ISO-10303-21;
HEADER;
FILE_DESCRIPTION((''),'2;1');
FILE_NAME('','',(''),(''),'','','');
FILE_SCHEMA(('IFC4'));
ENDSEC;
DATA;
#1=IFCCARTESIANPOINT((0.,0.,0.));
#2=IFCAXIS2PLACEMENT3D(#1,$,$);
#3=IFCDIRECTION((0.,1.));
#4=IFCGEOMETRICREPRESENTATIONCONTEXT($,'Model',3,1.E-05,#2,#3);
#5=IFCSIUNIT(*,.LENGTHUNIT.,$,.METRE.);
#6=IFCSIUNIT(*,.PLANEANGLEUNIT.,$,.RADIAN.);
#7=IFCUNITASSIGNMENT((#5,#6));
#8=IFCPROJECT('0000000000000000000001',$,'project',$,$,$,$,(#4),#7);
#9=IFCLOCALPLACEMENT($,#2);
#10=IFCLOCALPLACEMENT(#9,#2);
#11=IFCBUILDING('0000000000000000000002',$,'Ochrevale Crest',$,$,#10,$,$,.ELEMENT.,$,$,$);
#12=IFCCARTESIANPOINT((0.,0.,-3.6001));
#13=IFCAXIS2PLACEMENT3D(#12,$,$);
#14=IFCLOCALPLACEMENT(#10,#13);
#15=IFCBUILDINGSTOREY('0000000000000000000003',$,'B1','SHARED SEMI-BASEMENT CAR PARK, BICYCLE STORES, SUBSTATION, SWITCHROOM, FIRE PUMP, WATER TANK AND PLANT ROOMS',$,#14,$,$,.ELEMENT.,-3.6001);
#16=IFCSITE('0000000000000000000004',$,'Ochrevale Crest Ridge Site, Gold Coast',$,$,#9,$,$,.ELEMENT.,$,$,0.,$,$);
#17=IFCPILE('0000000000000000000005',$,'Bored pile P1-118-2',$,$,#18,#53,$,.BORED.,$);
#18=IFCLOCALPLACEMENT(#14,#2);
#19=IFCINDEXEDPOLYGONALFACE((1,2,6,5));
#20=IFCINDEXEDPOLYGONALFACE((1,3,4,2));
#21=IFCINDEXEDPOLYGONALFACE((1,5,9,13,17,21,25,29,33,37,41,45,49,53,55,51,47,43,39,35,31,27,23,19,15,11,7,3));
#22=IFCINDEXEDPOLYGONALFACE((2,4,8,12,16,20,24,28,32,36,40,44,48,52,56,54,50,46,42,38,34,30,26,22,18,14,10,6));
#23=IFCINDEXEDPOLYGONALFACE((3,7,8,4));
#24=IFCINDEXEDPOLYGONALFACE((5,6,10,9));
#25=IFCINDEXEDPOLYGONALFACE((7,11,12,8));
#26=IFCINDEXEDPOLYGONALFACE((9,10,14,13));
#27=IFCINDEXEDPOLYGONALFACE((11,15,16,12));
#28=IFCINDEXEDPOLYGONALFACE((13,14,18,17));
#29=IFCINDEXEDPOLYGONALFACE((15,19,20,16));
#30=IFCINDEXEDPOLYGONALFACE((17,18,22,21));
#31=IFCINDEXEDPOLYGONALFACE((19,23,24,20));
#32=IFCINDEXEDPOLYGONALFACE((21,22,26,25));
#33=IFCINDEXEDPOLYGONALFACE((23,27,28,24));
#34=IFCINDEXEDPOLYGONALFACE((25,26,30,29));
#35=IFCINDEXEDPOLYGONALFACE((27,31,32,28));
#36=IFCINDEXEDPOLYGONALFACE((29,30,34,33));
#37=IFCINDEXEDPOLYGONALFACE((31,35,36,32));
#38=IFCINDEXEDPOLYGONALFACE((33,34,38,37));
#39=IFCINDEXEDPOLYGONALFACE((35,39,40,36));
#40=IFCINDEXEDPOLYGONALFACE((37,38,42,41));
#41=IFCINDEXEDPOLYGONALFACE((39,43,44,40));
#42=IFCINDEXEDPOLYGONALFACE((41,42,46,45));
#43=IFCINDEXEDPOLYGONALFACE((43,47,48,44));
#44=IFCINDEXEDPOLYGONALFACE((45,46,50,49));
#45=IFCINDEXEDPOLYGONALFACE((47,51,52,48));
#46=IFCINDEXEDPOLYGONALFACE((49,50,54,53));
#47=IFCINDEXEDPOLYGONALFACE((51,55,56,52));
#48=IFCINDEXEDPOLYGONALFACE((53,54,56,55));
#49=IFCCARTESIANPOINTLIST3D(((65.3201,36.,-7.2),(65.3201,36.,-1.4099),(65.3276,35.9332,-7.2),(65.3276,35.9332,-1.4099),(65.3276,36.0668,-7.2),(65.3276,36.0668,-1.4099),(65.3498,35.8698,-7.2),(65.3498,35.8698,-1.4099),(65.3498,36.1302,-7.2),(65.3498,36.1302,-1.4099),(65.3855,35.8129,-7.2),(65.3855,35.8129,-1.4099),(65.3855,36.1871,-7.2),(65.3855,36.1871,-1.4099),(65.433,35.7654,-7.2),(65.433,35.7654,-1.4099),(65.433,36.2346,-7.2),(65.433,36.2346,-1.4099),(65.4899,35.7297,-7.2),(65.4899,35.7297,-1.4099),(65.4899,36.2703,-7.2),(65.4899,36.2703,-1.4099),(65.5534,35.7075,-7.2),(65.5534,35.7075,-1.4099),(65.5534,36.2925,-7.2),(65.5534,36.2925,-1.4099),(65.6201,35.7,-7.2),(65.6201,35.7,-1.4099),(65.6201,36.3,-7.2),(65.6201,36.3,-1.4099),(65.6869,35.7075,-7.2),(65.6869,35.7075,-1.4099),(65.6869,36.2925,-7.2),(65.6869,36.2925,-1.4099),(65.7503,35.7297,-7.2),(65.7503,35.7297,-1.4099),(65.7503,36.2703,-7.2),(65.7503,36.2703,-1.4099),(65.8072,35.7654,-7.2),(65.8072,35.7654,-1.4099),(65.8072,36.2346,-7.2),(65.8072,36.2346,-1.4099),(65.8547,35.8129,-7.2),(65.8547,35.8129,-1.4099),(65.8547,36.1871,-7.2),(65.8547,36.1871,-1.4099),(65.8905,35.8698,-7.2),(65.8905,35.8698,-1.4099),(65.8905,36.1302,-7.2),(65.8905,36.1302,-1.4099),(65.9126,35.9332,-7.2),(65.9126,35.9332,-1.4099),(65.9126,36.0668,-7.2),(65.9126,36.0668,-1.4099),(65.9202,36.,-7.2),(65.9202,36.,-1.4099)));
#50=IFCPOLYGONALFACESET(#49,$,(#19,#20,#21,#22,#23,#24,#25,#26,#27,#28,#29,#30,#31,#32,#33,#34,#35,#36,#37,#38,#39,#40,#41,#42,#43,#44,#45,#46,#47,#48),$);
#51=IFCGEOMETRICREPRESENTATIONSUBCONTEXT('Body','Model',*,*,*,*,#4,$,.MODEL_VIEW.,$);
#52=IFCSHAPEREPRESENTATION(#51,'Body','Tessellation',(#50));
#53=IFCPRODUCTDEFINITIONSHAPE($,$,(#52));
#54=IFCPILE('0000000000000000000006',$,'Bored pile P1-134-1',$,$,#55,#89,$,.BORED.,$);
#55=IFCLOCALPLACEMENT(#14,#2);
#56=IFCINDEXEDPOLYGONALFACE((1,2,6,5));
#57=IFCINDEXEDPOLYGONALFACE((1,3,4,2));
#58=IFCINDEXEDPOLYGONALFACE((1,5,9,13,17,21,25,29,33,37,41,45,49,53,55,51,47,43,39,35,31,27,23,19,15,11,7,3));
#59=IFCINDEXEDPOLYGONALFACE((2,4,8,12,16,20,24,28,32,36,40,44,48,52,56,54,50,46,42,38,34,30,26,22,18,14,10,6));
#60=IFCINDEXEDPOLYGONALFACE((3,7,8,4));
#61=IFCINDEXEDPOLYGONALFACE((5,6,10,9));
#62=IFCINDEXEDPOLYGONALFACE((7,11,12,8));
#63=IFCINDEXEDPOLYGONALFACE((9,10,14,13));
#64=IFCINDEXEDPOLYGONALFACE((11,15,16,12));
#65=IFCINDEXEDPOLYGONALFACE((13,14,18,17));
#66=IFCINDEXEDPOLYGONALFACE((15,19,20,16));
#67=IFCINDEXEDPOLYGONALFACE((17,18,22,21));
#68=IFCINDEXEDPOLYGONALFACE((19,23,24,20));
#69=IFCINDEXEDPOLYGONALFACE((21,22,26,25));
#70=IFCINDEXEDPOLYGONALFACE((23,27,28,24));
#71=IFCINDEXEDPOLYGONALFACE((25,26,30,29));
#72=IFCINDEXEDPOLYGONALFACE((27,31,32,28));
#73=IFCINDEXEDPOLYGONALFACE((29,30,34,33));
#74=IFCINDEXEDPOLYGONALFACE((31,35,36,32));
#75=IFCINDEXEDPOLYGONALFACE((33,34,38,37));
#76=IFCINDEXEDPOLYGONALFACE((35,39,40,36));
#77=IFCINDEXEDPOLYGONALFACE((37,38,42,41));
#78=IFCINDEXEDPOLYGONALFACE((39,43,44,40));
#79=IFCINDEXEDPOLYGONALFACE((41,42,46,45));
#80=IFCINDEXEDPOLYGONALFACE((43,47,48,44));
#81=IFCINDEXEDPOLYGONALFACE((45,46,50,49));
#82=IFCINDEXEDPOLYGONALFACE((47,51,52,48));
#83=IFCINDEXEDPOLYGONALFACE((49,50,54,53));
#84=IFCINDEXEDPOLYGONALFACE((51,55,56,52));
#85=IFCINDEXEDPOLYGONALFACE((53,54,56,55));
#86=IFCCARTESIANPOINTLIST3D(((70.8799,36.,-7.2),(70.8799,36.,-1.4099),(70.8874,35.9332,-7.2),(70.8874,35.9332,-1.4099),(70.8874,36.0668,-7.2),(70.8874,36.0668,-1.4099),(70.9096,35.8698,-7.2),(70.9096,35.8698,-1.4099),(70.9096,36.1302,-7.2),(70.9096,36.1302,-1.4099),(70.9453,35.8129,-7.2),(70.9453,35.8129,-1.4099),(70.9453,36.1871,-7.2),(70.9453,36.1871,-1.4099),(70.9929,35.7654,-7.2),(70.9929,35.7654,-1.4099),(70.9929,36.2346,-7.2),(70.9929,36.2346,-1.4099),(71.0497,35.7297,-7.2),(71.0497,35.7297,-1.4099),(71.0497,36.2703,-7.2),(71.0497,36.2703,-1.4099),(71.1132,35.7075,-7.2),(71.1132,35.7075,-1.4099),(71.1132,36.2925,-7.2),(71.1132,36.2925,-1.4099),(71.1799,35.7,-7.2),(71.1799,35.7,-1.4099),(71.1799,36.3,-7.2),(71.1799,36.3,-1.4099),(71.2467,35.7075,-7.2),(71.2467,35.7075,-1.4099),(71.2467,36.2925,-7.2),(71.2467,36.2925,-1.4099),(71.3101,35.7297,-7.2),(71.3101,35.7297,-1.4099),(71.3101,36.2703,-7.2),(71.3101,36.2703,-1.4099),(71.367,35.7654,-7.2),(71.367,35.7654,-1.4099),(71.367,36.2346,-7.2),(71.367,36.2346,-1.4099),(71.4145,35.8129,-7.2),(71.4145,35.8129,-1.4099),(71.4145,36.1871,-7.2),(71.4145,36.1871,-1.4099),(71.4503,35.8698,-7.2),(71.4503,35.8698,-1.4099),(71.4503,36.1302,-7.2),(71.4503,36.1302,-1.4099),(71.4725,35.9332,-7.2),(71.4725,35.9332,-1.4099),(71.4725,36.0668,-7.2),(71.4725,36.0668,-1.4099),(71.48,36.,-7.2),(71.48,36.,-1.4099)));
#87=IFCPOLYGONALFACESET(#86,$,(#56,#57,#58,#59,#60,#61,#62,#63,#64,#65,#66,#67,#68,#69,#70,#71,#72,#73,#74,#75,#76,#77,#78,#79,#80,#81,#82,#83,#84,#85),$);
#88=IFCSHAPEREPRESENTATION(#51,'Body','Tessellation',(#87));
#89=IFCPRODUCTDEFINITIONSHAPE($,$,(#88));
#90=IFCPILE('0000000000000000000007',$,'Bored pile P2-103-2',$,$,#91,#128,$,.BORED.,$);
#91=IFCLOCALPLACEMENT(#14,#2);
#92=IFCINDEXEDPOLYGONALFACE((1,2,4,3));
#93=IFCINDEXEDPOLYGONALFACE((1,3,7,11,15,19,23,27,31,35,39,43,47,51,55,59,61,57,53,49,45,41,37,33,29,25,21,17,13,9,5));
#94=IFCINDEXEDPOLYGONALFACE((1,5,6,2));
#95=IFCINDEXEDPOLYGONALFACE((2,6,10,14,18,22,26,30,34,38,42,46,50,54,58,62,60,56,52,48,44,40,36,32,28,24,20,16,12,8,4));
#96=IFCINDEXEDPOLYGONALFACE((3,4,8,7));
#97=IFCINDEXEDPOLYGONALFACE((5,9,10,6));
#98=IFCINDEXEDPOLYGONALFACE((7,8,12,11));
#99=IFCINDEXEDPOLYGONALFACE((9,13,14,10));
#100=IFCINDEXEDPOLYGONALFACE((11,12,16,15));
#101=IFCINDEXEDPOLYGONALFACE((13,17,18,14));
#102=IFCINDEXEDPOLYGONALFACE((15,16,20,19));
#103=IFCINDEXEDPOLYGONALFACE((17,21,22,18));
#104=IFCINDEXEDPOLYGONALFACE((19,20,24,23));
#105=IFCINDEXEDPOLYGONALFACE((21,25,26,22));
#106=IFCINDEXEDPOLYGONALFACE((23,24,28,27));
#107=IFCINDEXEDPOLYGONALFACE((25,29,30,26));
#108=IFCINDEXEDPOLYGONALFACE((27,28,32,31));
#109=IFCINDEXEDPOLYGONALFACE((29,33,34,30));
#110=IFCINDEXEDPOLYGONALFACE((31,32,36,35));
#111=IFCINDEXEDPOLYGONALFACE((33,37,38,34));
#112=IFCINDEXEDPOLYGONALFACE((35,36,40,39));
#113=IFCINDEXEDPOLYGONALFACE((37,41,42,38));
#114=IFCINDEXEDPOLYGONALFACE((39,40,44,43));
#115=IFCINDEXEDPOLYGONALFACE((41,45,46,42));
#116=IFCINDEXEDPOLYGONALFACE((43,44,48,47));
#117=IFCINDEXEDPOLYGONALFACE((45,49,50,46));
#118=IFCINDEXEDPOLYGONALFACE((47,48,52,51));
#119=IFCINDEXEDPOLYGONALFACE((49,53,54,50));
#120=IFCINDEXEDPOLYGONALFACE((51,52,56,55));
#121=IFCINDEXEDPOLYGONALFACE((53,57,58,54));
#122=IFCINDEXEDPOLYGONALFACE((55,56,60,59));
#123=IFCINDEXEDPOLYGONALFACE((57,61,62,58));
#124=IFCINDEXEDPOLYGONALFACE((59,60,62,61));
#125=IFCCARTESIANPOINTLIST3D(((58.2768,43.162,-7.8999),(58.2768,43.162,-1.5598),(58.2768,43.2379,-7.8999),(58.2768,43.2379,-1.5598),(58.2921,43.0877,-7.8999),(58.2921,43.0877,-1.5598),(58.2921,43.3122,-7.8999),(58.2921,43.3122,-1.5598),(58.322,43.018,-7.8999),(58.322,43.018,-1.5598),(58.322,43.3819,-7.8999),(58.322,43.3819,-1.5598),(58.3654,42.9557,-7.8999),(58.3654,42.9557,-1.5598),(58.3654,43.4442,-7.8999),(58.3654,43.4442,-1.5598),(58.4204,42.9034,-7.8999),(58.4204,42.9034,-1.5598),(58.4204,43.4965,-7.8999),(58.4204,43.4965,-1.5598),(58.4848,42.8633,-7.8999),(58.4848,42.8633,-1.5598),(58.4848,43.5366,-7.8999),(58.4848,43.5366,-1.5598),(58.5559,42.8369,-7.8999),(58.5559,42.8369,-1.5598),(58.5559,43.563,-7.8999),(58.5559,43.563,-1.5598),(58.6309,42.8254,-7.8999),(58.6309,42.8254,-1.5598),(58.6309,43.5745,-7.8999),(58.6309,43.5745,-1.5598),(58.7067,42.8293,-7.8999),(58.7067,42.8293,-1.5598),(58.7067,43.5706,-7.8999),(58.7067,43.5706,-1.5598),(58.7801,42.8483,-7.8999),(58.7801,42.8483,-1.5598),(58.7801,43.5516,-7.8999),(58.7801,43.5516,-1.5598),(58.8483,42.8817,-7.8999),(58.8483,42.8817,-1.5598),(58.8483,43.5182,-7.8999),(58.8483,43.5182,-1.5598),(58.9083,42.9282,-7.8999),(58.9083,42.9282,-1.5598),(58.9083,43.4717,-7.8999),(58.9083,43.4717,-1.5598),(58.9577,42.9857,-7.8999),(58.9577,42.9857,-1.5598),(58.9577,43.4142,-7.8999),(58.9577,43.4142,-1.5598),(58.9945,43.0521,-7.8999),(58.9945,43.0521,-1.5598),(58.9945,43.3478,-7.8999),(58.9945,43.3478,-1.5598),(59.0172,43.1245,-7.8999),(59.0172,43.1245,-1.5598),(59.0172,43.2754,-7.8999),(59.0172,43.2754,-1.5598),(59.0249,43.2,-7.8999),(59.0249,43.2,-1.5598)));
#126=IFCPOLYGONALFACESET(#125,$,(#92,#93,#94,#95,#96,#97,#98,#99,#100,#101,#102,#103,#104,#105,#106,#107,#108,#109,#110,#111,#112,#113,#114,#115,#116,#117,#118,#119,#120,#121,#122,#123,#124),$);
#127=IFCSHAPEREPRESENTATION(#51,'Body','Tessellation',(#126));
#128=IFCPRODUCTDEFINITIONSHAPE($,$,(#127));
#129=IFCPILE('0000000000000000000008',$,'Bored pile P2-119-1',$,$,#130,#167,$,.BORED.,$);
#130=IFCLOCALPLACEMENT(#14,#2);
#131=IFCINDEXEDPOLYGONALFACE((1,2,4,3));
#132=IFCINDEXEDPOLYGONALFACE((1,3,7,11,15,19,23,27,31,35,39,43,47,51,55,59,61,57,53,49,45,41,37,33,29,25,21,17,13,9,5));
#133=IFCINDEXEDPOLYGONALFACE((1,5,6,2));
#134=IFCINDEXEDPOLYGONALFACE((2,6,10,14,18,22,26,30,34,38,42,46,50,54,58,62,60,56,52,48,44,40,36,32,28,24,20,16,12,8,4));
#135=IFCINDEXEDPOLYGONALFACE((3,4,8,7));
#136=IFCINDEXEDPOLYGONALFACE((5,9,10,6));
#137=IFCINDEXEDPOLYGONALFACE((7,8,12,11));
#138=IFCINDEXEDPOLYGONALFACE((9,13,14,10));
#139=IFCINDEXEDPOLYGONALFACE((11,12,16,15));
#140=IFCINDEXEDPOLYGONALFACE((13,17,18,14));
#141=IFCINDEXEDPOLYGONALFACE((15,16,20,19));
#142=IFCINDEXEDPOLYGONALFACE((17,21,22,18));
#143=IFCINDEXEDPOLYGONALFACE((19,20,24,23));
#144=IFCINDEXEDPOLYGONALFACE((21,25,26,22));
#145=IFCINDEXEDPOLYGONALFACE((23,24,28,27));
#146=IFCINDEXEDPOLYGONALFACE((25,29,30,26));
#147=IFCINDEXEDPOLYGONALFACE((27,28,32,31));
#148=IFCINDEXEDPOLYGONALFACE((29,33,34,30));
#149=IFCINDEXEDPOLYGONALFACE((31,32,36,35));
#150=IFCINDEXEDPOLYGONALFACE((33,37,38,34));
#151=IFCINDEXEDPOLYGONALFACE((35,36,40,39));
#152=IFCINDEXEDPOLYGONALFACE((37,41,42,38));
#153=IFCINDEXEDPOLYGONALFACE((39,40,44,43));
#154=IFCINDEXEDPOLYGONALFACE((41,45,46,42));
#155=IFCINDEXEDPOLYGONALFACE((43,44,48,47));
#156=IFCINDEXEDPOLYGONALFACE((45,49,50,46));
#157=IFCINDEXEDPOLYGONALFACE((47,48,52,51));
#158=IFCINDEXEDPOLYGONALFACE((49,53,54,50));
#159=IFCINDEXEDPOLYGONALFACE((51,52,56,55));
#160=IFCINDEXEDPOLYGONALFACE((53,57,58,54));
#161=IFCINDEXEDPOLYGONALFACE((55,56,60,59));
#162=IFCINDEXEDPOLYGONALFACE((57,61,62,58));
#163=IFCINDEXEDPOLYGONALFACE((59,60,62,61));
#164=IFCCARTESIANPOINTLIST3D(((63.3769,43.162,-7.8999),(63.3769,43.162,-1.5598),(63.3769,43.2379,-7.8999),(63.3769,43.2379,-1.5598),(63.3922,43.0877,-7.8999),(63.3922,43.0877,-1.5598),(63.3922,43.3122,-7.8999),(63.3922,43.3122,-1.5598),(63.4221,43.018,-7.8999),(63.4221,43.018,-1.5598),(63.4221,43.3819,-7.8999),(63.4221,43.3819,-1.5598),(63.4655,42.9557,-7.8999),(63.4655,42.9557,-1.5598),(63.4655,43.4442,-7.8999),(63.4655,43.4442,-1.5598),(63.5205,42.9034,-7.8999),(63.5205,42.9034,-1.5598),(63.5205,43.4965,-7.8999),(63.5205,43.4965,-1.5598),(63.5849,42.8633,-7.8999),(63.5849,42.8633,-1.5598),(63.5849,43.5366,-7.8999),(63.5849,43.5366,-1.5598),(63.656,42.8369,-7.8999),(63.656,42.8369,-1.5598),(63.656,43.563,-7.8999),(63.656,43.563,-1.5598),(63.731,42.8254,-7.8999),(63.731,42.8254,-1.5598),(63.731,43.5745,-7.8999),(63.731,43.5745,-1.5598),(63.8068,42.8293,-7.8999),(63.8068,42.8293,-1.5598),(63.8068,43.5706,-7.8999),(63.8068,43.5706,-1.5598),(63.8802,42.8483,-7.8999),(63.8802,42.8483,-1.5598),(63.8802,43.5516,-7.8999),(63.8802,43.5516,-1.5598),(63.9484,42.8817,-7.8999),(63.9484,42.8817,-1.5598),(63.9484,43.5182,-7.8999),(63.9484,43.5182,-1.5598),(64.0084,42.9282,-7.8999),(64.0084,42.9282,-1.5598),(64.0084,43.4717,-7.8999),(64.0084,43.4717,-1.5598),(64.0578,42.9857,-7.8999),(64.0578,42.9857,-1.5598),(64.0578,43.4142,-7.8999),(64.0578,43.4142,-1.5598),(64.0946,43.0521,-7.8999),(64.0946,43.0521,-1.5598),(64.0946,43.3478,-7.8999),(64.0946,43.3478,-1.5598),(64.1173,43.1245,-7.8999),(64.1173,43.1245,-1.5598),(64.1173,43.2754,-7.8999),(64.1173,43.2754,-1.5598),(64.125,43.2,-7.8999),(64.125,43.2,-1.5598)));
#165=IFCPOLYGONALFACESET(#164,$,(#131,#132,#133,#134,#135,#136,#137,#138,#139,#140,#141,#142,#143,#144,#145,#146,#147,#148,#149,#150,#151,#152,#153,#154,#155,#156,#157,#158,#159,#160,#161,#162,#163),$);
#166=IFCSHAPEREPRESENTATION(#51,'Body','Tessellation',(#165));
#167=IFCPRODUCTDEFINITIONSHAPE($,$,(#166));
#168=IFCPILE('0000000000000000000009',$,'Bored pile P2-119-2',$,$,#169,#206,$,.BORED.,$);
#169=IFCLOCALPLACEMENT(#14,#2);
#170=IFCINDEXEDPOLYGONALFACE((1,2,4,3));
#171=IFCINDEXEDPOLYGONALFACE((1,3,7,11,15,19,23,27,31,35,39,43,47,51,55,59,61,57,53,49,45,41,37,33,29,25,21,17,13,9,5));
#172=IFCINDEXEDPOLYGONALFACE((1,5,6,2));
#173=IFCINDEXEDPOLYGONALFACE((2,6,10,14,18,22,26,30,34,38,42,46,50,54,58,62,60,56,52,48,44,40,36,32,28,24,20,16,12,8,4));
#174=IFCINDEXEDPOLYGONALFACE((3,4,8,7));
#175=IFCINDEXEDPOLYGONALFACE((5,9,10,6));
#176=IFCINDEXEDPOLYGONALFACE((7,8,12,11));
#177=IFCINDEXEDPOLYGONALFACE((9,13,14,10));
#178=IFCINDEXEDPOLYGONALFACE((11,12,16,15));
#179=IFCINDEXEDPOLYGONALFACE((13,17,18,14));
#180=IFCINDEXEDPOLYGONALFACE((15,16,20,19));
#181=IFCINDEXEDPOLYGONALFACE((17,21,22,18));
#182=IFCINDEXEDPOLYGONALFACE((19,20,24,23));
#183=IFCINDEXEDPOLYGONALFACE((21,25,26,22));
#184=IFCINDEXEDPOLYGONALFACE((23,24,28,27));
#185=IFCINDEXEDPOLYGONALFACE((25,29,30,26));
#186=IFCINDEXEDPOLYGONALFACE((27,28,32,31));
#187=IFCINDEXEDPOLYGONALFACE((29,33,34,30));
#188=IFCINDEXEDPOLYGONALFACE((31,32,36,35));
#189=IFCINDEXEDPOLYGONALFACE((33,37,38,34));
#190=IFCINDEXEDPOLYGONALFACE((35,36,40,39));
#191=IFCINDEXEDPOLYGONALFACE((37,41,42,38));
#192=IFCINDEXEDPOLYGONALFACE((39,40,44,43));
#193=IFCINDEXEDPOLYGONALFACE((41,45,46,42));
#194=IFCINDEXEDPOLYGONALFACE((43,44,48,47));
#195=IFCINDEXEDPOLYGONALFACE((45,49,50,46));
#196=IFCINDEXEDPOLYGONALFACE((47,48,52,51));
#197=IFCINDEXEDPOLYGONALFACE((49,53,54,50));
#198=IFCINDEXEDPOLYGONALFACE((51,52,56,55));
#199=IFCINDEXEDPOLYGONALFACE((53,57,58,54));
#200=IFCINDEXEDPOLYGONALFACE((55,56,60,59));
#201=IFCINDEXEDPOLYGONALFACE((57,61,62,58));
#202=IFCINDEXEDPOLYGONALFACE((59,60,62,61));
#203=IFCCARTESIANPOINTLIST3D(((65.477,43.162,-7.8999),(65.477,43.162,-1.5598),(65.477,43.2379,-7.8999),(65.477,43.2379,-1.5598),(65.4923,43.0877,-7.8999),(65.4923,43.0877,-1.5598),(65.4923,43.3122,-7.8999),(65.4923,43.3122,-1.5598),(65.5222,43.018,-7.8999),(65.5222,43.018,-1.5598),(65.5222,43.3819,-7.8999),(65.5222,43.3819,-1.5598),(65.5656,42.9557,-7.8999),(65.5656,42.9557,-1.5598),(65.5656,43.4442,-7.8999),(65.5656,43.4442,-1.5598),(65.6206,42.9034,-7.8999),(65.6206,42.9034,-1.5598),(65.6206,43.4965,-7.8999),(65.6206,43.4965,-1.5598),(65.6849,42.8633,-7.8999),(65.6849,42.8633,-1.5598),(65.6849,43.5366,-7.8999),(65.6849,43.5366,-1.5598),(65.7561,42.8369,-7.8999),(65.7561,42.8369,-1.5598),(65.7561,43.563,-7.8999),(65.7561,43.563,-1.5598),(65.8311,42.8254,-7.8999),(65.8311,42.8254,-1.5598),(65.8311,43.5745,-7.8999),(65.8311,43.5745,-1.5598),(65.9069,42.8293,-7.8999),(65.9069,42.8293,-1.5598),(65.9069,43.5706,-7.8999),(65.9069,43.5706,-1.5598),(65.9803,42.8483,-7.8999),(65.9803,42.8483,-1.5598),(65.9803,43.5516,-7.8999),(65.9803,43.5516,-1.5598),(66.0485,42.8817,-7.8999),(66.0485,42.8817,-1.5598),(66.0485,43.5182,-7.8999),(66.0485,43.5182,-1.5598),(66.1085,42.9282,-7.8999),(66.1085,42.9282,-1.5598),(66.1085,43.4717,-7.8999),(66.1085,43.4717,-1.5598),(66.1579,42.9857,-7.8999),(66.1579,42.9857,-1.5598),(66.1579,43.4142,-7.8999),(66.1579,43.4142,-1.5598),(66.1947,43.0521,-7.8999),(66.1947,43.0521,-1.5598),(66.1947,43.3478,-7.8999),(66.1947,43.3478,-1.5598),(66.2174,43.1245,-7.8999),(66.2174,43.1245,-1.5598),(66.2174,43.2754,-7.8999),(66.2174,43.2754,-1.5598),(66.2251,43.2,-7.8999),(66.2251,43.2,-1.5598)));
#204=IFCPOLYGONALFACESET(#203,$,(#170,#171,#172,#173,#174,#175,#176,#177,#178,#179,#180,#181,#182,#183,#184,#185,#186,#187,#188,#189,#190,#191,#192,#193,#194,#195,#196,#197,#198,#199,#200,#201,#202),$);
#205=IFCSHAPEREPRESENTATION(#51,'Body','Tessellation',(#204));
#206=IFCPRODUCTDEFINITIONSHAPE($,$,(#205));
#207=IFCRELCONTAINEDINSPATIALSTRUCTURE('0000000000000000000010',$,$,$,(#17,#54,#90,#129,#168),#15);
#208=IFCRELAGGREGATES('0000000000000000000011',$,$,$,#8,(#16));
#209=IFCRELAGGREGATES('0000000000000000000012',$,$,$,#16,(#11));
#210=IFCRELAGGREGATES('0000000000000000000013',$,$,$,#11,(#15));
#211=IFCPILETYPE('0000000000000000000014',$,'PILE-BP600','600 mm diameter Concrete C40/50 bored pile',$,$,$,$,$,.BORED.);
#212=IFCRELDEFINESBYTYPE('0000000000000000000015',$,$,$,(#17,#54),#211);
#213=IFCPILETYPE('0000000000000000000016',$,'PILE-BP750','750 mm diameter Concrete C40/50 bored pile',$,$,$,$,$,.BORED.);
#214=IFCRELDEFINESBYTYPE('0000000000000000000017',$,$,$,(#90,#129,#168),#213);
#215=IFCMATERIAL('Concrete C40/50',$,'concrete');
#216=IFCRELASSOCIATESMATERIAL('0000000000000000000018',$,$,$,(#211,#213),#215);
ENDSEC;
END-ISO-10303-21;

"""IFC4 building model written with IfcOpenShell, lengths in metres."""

from ifc_helpers import new_model, si_unit, direction, frame, origin, origin_2d, place, context, subcontext, project, spatial, circle, extrude, material, material_profile, profile_set, type_object, element, save


model = new_model("IFC4")

# Units and contexts
model_context = context("Model", 3, precision=1e-05, world=origin(), true_north=direction((0.0, 1.0)))
body_context = subcontext(model_context, "Body", "Model", "MODEL_VIEW")
ifc_project = project(units=[si_unit("LENGTHUNIT", "METRE"), si_unit("PLANEANGLEUNIT", "RADIAN")], contexts=[model_context])

# Site, building, storey
site_placement = place(None, origin())
site = spatial("IfcSite", under=ifc_project, at=site_placement, Name="Ochrevale Crest Ridge Site, Gold Coast", CompositionType="ELEMENT", RefElevation=0.0)
building_placement = place(site_placement, origin())
building = spatial("IfcBuilding", under=site, at=building_placement, Name="Ochrevale Crest", CompositionType="ELEMENT")
storey_placement = place(building_placement, frame((0.0, 0.0, -3.6001)))
storey = spatial("IfcBuildingStorey", under=building, at=storey_placement, Name="B1", Description="SHARED SEMI-BASEMENT CAR PARK, BICYCLE STORES, SUBSTATION, SWITCHROOM, FIRE PUMP, WATER TANK AND PLANT ROOMS", CompositionType="ELEMENT", Elevation=-3.6001)

# Shared definitions
ifc_material_1 = material(Name="Concrete C40/50", Category="concrete")

# Piles
ifc_material_profile_1 = material_profile(ifc_material_1, circle(Radius=0.3, at=origin_2d()), Name="BORED PILE 600")
ifc_profile_set_1 = profile_set([ifc_material_profile_1], Name="Concrete C40/50")
pile_type_1 = type_object("IfcPileType", Name="PILE-BP600", Description="600 mm diameter Concrete C40/50 bored pile", PredefinedType="BORED", material=ifc_profile_set_1)
for number, where, z_axis, x_axis, name in (
    (1, (65.6201, 36.0, -1.4099), (0.0, 0.0, -1.0), (1.0, 0.0, 0.0), "Bored pile P1-118-2"),
    (2, (71.1799, 36.0, -1.4099), (0.0, 0.0, -1.0), (1.0, 0.0, 0.0), "Bored pile P1-134-1"),
):
    element("IfcPile", number, at=place(storey_placement, frame(where, z_axis=z_axis, x_axis=x_axis)), inside=storey, type_object=pile_type_1, Name=name, PredefinedType="BORED", context=body_context, shape_type="SweptSolid", body=[
        extrude(circle(Radius=0.3, at=origin_2d()), origin(), (0.0, 0.0, 1.0), 5.79),
    ])
ifc_material_profile_2 = material_profile(ifc_material_1, circle(Radius=0.375, at=origin_2d()), Name="BORED PILE 750")
ifc_profile_set_2 = profile_set([ifc_material_profile_2], Name="Concrete C40/50")
pile_type_2 = type_object("IfcPileType", Name="PILE-BP750", Description="750 mm diameter Concrete C40/50 bored pile", PredefinedType="BORED", material=ifc_profile_set_2)
for number, where, z_axis, x_axis, name in (
    (3, (58.6499, 43.2, -1.5598), (0.0, 0.0, -1.0), (1.0, 0.0, 0.0), "Bored pile P2-103-2"),
    (4, (63.75, 43.2, -1.5598), (0.0, 0.0, -1.0), (1.0, 0.0, 0.0), "Bored pile P2-119-1"),
    (5, (65.8501, 43.2, -1.5598), (0.0, 0.0, -1.0), (1.0, 0.0, 0.0), "Bored pile P2-119-2"),
):
    element("IfcPile", number, at=place(storey_placement, frame(where, z_axis=z_axis, x_axis=x_axis)), inside=storey, type_object=pile_type_2, Name=name, PredefinedType="BORED", context=body_context, shape_type="SweptSolid", body=[
        extrude(circle(Radius=0.375, at=origin_2d()), origin(), (0.0, 0.0, 1.0), 6.3401),
    ])

save(model, "model.ifc")
